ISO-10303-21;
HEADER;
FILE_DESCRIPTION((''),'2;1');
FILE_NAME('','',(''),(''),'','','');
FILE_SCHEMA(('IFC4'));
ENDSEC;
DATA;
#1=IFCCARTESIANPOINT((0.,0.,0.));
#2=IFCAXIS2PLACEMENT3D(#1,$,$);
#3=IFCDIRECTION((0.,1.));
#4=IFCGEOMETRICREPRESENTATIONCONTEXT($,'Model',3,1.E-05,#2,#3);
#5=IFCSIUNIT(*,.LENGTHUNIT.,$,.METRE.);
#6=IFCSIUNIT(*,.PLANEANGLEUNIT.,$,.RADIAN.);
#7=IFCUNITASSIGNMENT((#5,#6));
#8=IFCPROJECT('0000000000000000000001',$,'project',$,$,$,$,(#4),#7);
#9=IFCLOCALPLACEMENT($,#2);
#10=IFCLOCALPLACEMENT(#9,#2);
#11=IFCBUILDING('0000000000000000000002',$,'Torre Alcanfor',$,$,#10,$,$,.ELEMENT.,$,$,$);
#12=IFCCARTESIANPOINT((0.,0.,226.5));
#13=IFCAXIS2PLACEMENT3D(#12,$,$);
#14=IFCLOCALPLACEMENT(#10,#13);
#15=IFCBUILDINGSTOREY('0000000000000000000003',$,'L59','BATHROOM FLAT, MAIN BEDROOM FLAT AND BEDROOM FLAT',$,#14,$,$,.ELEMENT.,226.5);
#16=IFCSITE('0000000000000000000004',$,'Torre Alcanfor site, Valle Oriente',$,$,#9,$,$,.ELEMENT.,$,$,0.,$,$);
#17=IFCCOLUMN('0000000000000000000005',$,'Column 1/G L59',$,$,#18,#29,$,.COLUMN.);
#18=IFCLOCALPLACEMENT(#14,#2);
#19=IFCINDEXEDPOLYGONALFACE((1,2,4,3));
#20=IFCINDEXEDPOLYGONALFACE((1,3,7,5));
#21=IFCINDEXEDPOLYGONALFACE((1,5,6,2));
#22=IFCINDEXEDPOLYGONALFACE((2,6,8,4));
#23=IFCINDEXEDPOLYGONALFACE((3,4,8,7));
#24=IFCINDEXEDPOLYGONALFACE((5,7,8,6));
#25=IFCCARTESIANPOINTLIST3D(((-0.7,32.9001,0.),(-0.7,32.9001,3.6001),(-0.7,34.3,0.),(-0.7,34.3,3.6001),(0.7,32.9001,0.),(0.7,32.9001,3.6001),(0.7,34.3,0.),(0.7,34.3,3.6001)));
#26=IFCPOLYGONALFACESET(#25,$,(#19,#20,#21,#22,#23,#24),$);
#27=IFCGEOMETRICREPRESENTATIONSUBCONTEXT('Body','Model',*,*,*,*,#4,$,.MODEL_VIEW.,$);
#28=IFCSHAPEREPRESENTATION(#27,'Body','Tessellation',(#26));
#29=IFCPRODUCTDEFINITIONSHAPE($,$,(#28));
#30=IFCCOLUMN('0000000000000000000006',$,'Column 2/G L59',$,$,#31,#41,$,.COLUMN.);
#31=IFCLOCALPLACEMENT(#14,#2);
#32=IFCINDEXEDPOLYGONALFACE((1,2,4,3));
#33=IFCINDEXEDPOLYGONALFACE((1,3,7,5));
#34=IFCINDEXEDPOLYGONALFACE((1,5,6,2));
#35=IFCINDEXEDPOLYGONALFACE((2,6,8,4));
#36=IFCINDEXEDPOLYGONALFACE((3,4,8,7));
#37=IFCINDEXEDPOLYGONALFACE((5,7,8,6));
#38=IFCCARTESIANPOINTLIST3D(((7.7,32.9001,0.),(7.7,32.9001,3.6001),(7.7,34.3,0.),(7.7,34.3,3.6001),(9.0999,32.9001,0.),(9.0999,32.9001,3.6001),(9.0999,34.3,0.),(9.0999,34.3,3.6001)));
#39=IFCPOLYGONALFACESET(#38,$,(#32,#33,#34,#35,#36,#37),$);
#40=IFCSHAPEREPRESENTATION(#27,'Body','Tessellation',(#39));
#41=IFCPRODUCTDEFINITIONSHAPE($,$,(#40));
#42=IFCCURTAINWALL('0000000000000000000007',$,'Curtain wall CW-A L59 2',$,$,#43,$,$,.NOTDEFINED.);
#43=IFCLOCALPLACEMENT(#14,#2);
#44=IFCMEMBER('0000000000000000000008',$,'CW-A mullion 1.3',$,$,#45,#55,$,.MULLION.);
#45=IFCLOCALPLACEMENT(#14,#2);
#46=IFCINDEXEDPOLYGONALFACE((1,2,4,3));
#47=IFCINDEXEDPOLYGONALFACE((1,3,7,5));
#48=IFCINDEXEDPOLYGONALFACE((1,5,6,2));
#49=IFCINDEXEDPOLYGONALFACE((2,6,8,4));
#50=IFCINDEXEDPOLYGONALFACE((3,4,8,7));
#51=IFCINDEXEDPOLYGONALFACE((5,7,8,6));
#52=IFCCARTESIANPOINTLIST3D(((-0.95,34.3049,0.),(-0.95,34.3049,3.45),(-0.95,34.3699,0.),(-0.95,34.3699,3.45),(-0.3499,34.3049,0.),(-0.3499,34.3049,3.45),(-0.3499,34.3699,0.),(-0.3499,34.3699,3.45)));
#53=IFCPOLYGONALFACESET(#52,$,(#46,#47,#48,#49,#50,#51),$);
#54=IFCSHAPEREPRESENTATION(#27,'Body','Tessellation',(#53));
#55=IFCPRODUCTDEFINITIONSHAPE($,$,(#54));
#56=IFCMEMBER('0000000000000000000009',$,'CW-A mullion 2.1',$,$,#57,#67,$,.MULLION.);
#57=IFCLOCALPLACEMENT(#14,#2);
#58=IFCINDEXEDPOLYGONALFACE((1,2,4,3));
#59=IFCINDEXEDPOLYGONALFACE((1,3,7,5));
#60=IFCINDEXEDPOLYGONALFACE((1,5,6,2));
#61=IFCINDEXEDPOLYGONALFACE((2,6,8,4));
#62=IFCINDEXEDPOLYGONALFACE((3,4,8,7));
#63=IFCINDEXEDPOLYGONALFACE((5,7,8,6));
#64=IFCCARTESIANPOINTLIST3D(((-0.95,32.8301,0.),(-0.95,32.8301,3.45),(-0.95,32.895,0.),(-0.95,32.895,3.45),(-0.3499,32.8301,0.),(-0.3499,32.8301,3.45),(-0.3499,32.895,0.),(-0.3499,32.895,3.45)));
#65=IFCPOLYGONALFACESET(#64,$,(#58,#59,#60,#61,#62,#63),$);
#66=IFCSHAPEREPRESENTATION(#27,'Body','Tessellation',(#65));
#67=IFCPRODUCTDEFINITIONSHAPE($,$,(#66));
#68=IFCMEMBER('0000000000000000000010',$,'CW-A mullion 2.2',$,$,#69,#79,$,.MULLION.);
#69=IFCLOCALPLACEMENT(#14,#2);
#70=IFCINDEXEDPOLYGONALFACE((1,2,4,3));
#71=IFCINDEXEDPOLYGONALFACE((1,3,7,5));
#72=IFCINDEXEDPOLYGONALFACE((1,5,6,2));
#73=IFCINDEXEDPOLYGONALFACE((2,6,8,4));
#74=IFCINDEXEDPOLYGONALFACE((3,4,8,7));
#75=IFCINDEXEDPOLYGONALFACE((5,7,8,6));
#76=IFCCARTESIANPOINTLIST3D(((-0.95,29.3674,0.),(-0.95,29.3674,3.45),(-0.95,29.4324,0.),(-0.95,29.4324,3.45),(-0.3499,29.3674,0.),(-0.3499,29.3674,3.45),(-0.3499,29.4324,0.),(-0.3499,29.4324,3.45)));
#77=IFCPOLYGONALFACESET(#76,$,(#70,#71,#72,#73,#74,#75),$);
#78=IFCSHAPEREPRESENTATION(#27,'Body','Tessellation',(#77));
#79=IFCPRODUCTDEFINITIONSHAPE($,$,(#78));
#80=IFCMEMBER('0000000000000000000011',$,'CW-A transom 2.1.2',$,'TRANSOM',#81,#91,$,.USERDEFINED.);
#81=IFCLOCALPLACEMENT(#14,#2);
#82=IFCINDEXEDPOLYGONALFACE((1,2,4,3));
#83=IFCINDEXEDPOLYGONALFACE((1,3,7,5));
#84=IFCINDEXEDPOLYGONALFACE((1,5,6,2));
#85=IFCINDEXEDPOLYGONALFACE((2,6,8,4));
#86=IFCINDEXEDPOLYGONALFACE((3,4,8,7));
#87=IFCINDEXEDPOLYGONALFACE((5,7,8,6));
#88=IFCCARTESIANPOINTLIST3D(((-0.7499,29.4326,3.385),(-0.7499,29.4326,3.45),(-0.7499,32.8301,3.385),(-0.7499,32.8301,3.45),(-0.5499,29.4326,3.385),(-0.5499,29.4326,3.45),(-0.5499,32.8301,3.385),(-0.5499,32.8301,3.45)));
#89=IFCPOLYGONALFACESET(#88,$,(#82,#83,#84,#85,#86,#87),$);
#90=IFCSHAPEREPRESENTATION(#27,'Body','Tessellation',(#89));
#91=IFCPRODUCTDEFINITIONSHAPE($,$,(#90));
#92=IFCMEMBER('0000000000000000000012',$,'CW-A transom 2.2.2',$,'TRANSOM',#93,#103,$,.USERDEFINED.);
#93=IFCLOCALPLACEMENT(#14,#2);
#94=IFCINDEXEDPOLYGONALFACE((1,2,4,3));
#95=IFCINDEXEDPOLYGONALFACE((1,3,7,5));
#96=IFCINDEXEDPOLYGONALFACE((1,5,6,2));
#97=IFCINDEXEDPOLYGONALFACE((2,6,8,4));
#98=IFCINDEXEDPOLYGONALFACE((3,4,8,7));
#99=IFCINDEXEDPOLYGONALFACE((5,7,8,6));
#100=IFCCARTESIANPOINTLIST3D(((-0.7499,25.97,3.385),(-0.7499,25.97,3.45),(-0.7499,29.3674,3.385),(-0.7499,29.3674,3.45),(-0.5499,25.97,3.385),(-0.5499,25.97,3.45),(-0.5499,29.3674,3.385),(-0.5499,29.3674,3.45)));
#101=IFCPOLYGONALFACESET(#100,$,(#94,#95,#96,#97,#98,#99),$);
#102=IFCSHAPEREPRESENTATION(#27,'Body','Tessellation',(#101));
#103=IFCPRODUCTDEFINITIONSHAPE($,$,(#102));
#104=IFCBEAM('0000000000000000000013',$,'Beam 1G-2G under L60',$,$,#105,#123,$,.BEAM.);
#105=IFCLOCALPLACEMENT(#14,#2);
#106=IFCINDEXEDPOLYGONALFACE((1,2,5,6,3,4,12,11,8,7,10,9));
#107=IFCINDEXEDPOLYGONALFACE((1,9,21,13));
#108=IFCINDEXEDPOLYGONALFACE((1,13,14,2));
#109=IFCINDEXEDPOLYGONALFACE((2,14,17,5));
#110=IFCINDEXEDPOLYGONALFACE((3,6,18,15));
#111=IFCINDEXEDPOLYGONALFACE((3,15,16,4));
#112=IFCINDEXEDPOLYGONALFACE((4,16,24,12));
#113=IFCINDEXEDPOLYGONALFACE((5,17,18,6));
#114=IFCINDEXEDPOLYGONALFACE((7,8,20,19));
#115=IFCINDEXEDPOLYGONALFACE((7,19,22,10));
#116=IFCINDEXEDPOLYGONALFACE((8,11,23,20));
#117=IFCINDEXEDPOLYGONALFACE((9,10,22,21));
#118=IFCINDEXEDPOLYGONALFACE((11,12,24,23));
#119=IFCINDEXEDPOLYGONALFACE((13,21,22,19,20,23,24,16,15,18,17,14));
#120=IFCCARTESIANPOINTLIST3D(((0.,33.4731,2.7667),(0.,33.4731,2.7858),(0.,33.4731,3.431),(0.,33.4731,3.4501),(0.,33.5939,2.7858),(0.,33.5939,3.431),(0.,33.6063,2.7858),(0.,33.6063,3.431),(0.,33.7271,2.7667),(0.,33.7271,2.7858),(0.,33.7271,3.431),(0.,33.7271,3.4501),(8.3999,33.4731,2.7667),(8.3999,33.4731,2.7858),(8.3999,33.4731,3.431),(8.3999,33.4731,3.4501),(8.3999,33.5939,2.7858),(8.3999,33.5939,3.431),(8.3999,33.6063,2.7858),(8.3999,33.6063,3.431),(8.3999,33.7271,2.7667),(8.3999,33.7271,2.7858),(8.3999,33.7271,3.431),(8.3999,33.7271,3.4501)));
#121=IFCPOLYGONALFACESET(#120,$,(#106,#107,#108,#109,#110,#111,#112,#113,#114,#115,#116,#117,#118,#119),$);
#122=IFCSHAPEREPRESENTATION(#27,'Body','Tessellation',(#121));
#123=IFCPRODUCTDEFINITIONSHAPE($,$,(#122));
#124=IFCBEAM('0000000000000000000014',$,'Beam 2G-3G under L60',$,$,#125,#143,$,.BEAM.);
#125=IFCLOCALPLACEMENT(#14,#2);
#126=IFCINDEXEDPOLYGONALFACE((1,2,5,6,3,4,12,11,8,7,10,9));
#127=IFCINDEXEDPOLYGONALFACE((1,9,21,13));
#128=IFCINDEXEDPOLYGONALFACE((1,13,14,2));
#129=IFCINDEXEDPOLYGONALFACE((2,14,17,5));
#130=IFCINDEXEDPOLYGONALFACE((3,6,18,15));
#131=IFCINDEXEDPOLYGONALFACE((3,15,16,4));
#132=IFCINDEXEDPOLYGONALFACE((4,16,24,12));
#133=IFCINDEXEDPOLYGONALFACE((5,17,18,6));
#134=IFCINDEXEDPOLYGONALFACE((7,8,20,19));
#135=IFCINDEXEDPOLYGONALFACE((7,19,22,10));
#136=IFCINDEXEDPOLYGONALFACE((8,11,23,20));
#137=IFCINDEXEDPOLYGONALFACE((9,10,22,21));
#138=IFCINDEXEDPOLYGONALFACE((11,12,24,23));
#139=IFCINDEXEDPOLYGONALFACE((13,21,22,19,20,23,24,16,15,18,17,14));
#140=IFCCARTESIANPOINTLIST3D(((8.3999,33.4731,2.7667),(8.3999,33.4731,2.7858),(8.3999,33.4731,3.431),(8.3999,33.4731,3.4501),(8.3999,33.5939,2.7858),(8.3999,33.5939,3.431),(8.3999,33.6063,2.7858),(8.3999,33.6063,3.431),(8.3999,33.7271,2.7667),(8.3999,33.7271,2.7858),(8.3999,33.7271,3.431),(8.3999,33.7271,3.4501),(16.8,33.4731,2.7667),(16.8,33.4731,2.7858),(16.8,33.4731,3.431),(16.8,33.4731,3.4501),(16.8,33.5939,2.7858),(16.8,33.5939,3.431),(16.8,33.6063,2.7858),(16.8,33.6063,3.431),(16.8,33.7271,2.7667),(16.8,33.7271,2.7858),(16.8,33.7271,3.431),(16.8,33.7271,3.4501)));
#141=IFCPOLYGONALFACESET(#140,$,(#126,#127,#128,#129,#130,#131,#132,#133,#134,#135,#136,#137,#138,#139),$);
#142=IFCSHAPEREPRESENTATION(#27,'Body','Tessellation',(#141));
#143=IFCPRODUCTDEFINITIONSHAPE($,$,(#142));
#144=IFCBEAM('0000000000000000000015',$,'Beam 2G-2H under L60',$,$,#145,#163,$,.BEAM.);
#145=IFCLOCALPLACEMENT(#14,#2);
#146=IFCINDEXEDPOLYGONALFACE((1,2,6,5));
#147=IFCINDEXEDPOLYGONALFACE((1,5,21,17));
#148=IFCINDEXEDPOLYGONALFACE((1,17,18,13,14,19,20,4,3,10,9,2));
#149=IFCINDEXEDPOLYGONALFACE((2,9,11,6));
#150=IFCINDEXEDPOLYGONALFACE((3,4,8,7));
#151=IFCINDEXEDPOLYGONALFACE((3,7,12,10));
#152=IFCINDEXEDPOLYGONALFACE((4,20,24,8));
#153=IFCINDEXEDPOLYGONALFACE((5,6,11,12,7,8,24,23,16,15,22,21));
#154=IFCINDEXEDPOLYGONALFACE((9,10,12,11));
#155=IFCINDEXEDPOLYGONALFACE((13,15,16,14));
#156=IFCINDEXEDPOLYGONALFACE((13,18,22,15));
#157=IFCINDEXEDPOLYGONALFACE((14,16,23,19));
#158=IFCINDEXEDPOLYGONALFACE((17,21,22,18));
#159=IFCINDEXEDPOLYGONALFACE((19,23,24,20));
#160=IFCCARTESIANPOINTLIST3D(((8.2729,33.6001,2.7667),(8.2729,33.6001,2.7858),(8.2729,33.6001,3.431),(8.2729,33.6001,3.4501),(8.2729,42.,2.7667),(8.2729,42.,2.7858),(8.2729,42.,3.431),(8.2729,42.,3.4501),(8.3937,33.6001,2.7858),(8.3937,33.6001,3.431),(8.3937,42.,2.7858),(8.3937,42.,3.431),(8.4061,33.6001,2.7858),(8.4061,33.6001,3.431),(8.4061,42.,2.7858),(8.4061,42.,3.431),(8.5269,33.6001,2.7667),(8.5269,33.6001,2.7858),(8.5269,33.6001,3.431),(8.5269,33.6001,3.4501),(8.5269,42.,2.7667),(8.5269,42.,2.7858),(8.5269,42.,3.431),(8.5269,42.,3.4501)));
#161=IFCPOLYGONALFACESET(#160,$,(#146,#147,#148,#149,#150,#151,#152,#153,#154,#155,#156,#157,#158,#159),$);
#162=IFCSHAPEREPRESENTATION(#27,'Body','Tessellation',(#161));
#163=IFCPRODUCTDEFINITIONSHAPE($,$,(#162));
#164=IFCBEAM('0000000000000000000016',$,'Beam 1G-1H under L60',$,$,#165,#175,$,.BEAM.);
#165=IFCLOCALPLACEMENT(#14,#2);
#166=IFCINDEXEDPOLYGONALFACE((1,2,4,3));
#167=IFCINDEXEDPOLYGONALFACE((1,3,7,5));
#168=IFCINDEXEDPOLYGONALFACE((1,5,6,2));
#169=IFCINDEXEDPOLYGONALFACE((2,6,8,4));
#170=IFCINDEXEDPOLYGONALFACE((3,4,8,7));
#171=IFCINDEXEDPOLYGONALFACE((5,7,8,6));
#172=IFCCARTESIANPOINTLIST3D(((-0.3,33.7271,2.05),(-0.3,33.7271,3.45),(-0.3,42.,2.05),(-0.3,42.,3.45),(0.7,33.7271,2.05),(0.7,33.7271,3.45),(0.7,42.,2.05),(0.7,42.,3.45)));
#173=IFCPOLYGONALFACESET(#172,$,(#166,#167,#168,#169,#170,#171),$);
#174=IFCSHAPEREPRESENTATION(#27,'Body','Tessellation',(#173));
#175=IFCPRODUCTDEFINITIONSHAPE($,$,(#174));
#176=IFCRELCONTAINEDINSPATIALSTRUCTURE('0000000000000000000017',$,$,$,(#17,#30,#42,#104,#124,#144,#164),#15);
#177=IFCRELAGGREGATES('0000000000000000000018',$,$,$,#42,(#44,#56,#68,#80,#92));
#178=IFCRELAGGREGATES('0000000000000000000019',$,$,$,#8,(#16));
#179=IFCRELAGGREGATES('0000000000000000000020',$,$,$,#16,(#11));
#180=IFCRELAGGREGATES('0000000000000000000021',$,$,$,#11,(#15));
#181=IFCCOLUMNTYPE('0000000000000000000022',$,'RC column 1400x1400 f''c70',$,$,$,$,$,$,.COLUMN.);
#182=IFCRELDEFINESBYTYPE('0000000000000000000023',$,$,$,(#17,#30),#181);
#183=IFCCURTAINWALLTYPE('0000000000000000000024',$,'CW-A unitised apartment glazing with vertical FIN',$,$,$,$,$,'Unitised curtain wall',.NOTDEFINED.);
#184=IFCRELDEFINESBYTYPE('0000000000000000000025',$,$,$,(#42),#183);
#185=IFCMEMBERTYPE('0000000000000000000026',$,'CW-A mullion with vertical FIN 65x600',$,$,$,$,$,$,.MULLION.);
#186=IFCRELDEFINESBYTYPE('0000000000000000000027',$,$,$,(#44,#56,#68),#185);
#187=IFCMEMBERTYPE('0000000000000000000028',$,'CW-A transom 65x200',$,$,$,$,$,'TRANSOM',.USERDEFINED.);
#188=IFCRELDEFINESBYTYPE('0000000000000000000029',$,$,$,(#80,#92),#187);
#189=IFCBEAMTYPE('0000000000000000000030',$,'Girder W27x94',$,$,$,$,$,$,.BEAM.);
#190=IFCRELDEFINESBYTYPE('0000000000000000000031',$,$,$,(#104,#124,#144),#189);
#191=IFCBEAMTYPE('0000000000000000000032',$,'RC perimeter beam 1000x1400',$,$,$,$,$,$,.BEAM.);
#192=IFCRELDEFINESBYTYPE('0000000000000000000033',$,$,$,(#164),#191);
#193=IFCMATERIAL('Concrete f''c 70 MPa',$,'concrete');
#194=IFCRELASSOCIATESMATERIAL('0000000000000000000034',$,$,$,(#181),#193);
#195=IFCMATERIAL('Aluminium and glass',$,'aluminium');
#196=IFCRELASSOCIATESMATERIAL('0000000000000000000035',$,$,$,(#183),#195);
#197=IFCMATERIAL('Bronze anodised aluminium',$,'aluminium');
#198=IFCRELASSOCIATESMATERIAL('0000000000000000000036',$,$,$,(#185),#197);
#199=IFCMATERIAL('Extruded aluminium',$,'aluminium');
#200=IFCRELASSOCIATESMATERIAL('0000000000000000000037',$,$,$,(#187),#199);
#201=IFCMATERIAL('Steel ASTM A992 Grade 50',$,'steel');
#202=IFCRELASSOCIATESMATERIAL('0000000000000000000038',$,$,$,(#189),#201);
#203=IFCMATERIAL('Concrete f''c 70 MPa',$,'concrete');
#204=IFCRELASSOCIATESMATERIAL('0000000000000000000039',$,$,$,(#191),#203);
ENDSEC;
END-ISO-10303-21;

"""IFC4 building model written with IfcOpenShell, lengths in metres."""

from ifc_helpers import new_model, si_unit, direction, frame, origin, origin_2d, place, context, subcontext, project, spatial, rectangle, i_section, extrude, material, material_profile, profile_set, type_object, element, aggregate, save


model = new_model("IFC4")

# Units and contexts
model_context = context("Model", 3, precision=1e-05, world=origin(), true_north=direction((0.0, 1.0)))
body_context = subcontext(model_context, "Body", "Model", "MODEL_VIEW")
ifc_project = project(units=[si_unit("LENGTHUNIT", "METRE"), si_unit("PLANEANGLEUNIT", "RADIAN")], contexts=[model_context])

# Site, building, storey
site_placement = place(None, origin())
site = spatial("IfcSite", under=ifc_project, at=site_placement, Name="Torre Alcanfor site, Valle Oriente", CompositionType="ELEMENT", RefElevation=0.0)
building_placement = place(site_placement, origin())
building = spatial("IfcBuilding", under=site, at=building_placement, Name="Torre Alcanfor", CompositionType="ELEMENT")
storey_placement = place(building_placement, frame((0.0, 0.0, 226.5)))
storey = spatial("IfcBuildingStorey", under=building, at=storey_placement, Name="L59", Description="BATHROOM FLAT, MAIN BEDROOM FLAT AND BEDROOM FLAT", CompositionType="ELEMENT", Elevation=226.5)

# Columns
ifc_material_1 = material(Name="Concrete f'c 70 MPa", Category="concrete")
ifc_material_profile_1 = material_profile(ifc_material_1, rectangle(XDim=1.3999, YDim=1.3999, at=origin_2d()), Name="1400x1400")
ifc_profile_set_1 = profile_set([ifc_material_profile_1], Name="Concrete f'c 70 MPa")
column_type = type_object("IfcColumnType", Name="RC column 1400x1400 f'c70", PredefinedType="COLUMN", material=ifc_profile_set_1)
for number, where, z_axis, x_axis, name in (
    (1, (0.0, 33.6001, 0.0), (0.0, 0.0, 1.0), (1.0, 0.0, 0.0), "Column 1/G L59"),
    (2, (8.3999, 33.6001, 0.0), (0.0, 0.0, 1.0), (1.0, 0.0, 0.0), "Column 2/G L59"),
):
    element("IfcColumn", number, at=place(storey_placement, frame(where, z_axis=z_axis, x_axis=x_axis)), inside=storey, type_object=column_type, Name=name, PredefinedType="COLUMN", context=body_context, shape_type="SweptSolid", body=[
        extrude(rectangle(XDim=1.3999, YDim=1.3999, at=origin_2d()), origin(), (0.0, 0.0, 1.0), 3.6001),
    ])

# Curtain wall, members
ifc_material_2 = material(Name="Aluminium and glass", Category="aluminium")
curtain_wall_type = type_object("IfcCurtainWallType", Name="CW-A unitised apartment glazing with vertical FIN", ElementType="Unitised curtain wall", PredefinedType="NOTDEFINED", material=ifc_material_2)
curtain_wall_placement = place(storey_placement, origin())
curtain_wall = element("IfcCurtainWall", 3, at=curtain_wall_placement, inside=storey, type_object=curtain_wall_type, Name="Curtain wall CW-A L59 2", PredefinedType="NOTDEFINED")
ifc_material_3 = material(Name="Bronze anodised aluminium", Category="aluminium")
ifc_material_profile_2 = material_profile(ifc_material_3, rectangle(XDim=0.6001, YDim=0.0649, at=origin_2d()), Name="CW-A mullion 65x600")
ifc_profile_set_2 = profile_set([ifc_material_profile_2], Name="Bronze anodised aluminium")
member_type_1 = type_object("IfcMemberType", Name="CW-A mullion with vertical FIN 65x600", PredefinedType="MULLION", material=ifc_profile_set_2)
member_1_placement = place(storey_placement, frame((-0.6499, 34.3374, 0.0), z_axis=(0.0, 0.0, 1.0), x_axis=(1.0, 0.0, 0.0)))
member_1 = element("IfcMember", 4, at=member_1_placement, type_object=member_type_1, Name="CW-A mullion 1.3", PredefinedType="MULLION", context=body_context, shape_type="SweptSolid", body=[
    extrude(rectangle(XDim=0.6001, YDim=0.0649, at=origin_2d()), origin(), (0.0, 0.0, 1.0), 3.45),
])
member_2_placement = place(storey_placement, frame((-0.6499, 32.8625, 0.0), z_axis=(0.0, 0.0, 1.0), x_axis=(1.0, 0.0, 0.0)))
member_2 = element("IfcMember", 5, at=member_2_placement, type_object=member_type_1, Name="CW-A mullion 2.1", PredefinedType="MULLION", context=body_context, shape_type="SweptSolid", body=[
    extrude(rectangle(XDim=0.6001, YDim=0.0649, at=origin_2d()), origin(), (0.0, 0.0, 1.0), 3.45),
])
member_3_placement = place(storey_placement, frame((-0.6499, 29.3999, 0.0), z_axis=(0.0, 0.0, 1.0), x_axis=(1.0, 0.0, 0.0)))
member_3 = element("IfcMember", 6, at=member_3_placement, type_object=member_type_1, Name="CW-A mullion 2.2", PredefinedType="MULLION", context=body_context, shape_type="SweptSolid", body=[
    extrude(rectangle(XDim=0.6001, YDim=0.0649, at=origin_2d()), origin(), (0.0, 0.0, 1.0), 3.45),
])
ifc_material_4 = material(Name="Extruded aluminium", Category="aluminium")
ifc_material_profile_3 = material_profile(ifc_material_4, rectangle(XDim=0.2, YDim=0.0649, at=origin_2d()), Name="CW-A transom 200x65")
ifc_profile_set_3 = profile_set([ifc_material_profile_3], Name="Extruded aluminium")
member_type_2 = type_object("IfcMemberType", Name="CW-A transom 65x200", ElementType="TRANSOM", PredefinedType="USERDEFINED", material=ifc_profile_set_3)
member_4_placement = place(storey_placement, frame((-0.6499, 32.8301, 3.4175), z_axis=(0.0, -1.0, 0.0), x_axis=(1.0, 0.0, 0.0)))
member_4 = element("IfcMember", 7, at=member_4_placement, type_object=member_type_2, Name="CW-A transom 2.1.2", ObjectType="TRANSOM", PredefinedType="USERDEFINED", context=body_context, shape_type="SweptSolid", body=[
    extrude(rectangle(XDim=0.2, YDim=0.0649, at=origin_2d()), origin(), (0.0, 0.0, 1.0), 3.3975),
])
member_5_placement = place(storey_placement, frame((-0.6499, 29.3674, 3.4175), z_axis=(0.0, -1.0, 0.0), x_axis=(1.0, 0.0, 0.0)))
member_5 = element("IfcMember", 8, at=member_5_placement, type_object=member_type_2, Name="CW-A transom 2.2.2", ObjectType="TRANSOM", PredefinedType="USERDEFINED", context=body_context, shape_type="SweptSolid", body=[
    extrude(rectangle(XDim=0.2, YDim=0.0649, at=origin_2d()), origin(), (0.0, 0.0, 1.0), 3.3975),
])

# Beams
ifc_material_5 = material(Name="Steel ASTM A992 Grade 50", Category="steel")
ifc_material_profile_4 = material_profile(ifc_material_5, i_section(OverallWidth=0.2539, OverallDepth=0.6833, WebThickness=0.0125, FlangeThickness=0.019, at=origin_2d()), Name="W27x94")
ifc_profile_set_4 = profile_set([ifc_material_profile_4], Name="Steel ASTM A992 Grade 50")
beam_type_1 = type_object("IfcBeamType", Name="Girder W27x94", PredefinedType="BEAM", material=ifc_profile_set_4)
beam_1_placement = place(storey_placement, frame((0.0, 33.6001, 3.1084), z_axis=(1.0, 0.0, 0.0), x_axis=(0.0, 1.0, 0.0)))
element("IfcBeam", 9, at=beam_1_placement, inside=storey, type_object=beam_type_1, Name="Beam 1G-2G under L60", PredefinedType="BEAM", context=body_context, shape_type="SweptSolid", body=[
    extrude(i_section(OverallWidth=0.2539, OverallDepth=0.6833, WebThickness=0.0125, FlangeThickness=0.019, at=origin_2d()), origin(), (0.0, 0.0, 1.0), 8.3999),
])
beam_2_placement = place(storey_placement, frame((8.3999, 33.6001, 3.1084), z_axis=(1.0, 0.0, 0.0), x_axis=(0.0, 1.0, 0.0)))
element("IfcBeam", 10, at=beam_2_placement, inside=storey, type_object=beam_type_1, Name="Beam 2G-3G under L60", PredefinedType="BEAM", context=body_context, shape_type="SweptSolid", body=[
    extrude(i_section(OverallWidth=0.2539, OverallDepth=0.6833, WebThickness=0.0125, FlangeThickness=0.019, at=origin_2d()), origin(), (0.0, 0.0, 1.0), 8.4001),
])
beam_3_placement = place(storey_placement, frame((8.3999, 33.6001, 3.1084), z_axis=(0.0, 1.0, 0.0), x_axis=(-1.0, 0.0, 0.0)))
element("IfcBeam", 11, at=beam_3_placement, inside=storey, type_object=beam_type_1, Name="Beam 2G-2H under L60", PredefinedType="BEAM", context=body_context, shape_type="SweptSolid", body=[
    extrude(i_section(OverallWidth=0.2539, OverallDepth=0.6833, WebThickness=0.0125, FlangeThickness=0.019, at=origin_2d()), origin(), (0.0, 0.0, 1.0), 8.3999),
])
ifc_material_6 = material(Name="Concrete f'c 70 MPa", Category="concrete")
ifc_material_profile_5 = material_profile(ifc_material_6, rectangle(XDim=1.0, YDim=1.3999, at=origin_2d()), Name="1000x1400")
ifc_profile_set_5 = profile_set([ifc_material_profile_5], Name="Concrete f'c 70 MPa")
beam_type_2 = type_object("IfcBeamType", Name="RC perimeter beam 1000x1400", PredefinedType="BEAM", material=ifc_profile_set_5)
beam_4_placement = place(storey_placement, frame((0.2, 33.7271, 2.75), z_axis=(0.0, 1.0, 0.0), x_axis=(-1.0, 0.0, 0.0)))
element("IfcBeam", 12, at=beam_4_placement, inside=storey, type_object=beam_type_2, Name="Beam 1G-1H under L60", PredefinedType="BEAM", context=body_context, shape_type="SweptSolid", body=[
    extrude(rectangle(XDim=1.0, YDim=1.3999, at=origin_2d()), origin(), (0.0, 0.0, 1.0), 8.2729),
])

aggregate(curtain_wall, [member_1, member_2, member_3, member_4, member_5])

save(model, "model.ifc")
